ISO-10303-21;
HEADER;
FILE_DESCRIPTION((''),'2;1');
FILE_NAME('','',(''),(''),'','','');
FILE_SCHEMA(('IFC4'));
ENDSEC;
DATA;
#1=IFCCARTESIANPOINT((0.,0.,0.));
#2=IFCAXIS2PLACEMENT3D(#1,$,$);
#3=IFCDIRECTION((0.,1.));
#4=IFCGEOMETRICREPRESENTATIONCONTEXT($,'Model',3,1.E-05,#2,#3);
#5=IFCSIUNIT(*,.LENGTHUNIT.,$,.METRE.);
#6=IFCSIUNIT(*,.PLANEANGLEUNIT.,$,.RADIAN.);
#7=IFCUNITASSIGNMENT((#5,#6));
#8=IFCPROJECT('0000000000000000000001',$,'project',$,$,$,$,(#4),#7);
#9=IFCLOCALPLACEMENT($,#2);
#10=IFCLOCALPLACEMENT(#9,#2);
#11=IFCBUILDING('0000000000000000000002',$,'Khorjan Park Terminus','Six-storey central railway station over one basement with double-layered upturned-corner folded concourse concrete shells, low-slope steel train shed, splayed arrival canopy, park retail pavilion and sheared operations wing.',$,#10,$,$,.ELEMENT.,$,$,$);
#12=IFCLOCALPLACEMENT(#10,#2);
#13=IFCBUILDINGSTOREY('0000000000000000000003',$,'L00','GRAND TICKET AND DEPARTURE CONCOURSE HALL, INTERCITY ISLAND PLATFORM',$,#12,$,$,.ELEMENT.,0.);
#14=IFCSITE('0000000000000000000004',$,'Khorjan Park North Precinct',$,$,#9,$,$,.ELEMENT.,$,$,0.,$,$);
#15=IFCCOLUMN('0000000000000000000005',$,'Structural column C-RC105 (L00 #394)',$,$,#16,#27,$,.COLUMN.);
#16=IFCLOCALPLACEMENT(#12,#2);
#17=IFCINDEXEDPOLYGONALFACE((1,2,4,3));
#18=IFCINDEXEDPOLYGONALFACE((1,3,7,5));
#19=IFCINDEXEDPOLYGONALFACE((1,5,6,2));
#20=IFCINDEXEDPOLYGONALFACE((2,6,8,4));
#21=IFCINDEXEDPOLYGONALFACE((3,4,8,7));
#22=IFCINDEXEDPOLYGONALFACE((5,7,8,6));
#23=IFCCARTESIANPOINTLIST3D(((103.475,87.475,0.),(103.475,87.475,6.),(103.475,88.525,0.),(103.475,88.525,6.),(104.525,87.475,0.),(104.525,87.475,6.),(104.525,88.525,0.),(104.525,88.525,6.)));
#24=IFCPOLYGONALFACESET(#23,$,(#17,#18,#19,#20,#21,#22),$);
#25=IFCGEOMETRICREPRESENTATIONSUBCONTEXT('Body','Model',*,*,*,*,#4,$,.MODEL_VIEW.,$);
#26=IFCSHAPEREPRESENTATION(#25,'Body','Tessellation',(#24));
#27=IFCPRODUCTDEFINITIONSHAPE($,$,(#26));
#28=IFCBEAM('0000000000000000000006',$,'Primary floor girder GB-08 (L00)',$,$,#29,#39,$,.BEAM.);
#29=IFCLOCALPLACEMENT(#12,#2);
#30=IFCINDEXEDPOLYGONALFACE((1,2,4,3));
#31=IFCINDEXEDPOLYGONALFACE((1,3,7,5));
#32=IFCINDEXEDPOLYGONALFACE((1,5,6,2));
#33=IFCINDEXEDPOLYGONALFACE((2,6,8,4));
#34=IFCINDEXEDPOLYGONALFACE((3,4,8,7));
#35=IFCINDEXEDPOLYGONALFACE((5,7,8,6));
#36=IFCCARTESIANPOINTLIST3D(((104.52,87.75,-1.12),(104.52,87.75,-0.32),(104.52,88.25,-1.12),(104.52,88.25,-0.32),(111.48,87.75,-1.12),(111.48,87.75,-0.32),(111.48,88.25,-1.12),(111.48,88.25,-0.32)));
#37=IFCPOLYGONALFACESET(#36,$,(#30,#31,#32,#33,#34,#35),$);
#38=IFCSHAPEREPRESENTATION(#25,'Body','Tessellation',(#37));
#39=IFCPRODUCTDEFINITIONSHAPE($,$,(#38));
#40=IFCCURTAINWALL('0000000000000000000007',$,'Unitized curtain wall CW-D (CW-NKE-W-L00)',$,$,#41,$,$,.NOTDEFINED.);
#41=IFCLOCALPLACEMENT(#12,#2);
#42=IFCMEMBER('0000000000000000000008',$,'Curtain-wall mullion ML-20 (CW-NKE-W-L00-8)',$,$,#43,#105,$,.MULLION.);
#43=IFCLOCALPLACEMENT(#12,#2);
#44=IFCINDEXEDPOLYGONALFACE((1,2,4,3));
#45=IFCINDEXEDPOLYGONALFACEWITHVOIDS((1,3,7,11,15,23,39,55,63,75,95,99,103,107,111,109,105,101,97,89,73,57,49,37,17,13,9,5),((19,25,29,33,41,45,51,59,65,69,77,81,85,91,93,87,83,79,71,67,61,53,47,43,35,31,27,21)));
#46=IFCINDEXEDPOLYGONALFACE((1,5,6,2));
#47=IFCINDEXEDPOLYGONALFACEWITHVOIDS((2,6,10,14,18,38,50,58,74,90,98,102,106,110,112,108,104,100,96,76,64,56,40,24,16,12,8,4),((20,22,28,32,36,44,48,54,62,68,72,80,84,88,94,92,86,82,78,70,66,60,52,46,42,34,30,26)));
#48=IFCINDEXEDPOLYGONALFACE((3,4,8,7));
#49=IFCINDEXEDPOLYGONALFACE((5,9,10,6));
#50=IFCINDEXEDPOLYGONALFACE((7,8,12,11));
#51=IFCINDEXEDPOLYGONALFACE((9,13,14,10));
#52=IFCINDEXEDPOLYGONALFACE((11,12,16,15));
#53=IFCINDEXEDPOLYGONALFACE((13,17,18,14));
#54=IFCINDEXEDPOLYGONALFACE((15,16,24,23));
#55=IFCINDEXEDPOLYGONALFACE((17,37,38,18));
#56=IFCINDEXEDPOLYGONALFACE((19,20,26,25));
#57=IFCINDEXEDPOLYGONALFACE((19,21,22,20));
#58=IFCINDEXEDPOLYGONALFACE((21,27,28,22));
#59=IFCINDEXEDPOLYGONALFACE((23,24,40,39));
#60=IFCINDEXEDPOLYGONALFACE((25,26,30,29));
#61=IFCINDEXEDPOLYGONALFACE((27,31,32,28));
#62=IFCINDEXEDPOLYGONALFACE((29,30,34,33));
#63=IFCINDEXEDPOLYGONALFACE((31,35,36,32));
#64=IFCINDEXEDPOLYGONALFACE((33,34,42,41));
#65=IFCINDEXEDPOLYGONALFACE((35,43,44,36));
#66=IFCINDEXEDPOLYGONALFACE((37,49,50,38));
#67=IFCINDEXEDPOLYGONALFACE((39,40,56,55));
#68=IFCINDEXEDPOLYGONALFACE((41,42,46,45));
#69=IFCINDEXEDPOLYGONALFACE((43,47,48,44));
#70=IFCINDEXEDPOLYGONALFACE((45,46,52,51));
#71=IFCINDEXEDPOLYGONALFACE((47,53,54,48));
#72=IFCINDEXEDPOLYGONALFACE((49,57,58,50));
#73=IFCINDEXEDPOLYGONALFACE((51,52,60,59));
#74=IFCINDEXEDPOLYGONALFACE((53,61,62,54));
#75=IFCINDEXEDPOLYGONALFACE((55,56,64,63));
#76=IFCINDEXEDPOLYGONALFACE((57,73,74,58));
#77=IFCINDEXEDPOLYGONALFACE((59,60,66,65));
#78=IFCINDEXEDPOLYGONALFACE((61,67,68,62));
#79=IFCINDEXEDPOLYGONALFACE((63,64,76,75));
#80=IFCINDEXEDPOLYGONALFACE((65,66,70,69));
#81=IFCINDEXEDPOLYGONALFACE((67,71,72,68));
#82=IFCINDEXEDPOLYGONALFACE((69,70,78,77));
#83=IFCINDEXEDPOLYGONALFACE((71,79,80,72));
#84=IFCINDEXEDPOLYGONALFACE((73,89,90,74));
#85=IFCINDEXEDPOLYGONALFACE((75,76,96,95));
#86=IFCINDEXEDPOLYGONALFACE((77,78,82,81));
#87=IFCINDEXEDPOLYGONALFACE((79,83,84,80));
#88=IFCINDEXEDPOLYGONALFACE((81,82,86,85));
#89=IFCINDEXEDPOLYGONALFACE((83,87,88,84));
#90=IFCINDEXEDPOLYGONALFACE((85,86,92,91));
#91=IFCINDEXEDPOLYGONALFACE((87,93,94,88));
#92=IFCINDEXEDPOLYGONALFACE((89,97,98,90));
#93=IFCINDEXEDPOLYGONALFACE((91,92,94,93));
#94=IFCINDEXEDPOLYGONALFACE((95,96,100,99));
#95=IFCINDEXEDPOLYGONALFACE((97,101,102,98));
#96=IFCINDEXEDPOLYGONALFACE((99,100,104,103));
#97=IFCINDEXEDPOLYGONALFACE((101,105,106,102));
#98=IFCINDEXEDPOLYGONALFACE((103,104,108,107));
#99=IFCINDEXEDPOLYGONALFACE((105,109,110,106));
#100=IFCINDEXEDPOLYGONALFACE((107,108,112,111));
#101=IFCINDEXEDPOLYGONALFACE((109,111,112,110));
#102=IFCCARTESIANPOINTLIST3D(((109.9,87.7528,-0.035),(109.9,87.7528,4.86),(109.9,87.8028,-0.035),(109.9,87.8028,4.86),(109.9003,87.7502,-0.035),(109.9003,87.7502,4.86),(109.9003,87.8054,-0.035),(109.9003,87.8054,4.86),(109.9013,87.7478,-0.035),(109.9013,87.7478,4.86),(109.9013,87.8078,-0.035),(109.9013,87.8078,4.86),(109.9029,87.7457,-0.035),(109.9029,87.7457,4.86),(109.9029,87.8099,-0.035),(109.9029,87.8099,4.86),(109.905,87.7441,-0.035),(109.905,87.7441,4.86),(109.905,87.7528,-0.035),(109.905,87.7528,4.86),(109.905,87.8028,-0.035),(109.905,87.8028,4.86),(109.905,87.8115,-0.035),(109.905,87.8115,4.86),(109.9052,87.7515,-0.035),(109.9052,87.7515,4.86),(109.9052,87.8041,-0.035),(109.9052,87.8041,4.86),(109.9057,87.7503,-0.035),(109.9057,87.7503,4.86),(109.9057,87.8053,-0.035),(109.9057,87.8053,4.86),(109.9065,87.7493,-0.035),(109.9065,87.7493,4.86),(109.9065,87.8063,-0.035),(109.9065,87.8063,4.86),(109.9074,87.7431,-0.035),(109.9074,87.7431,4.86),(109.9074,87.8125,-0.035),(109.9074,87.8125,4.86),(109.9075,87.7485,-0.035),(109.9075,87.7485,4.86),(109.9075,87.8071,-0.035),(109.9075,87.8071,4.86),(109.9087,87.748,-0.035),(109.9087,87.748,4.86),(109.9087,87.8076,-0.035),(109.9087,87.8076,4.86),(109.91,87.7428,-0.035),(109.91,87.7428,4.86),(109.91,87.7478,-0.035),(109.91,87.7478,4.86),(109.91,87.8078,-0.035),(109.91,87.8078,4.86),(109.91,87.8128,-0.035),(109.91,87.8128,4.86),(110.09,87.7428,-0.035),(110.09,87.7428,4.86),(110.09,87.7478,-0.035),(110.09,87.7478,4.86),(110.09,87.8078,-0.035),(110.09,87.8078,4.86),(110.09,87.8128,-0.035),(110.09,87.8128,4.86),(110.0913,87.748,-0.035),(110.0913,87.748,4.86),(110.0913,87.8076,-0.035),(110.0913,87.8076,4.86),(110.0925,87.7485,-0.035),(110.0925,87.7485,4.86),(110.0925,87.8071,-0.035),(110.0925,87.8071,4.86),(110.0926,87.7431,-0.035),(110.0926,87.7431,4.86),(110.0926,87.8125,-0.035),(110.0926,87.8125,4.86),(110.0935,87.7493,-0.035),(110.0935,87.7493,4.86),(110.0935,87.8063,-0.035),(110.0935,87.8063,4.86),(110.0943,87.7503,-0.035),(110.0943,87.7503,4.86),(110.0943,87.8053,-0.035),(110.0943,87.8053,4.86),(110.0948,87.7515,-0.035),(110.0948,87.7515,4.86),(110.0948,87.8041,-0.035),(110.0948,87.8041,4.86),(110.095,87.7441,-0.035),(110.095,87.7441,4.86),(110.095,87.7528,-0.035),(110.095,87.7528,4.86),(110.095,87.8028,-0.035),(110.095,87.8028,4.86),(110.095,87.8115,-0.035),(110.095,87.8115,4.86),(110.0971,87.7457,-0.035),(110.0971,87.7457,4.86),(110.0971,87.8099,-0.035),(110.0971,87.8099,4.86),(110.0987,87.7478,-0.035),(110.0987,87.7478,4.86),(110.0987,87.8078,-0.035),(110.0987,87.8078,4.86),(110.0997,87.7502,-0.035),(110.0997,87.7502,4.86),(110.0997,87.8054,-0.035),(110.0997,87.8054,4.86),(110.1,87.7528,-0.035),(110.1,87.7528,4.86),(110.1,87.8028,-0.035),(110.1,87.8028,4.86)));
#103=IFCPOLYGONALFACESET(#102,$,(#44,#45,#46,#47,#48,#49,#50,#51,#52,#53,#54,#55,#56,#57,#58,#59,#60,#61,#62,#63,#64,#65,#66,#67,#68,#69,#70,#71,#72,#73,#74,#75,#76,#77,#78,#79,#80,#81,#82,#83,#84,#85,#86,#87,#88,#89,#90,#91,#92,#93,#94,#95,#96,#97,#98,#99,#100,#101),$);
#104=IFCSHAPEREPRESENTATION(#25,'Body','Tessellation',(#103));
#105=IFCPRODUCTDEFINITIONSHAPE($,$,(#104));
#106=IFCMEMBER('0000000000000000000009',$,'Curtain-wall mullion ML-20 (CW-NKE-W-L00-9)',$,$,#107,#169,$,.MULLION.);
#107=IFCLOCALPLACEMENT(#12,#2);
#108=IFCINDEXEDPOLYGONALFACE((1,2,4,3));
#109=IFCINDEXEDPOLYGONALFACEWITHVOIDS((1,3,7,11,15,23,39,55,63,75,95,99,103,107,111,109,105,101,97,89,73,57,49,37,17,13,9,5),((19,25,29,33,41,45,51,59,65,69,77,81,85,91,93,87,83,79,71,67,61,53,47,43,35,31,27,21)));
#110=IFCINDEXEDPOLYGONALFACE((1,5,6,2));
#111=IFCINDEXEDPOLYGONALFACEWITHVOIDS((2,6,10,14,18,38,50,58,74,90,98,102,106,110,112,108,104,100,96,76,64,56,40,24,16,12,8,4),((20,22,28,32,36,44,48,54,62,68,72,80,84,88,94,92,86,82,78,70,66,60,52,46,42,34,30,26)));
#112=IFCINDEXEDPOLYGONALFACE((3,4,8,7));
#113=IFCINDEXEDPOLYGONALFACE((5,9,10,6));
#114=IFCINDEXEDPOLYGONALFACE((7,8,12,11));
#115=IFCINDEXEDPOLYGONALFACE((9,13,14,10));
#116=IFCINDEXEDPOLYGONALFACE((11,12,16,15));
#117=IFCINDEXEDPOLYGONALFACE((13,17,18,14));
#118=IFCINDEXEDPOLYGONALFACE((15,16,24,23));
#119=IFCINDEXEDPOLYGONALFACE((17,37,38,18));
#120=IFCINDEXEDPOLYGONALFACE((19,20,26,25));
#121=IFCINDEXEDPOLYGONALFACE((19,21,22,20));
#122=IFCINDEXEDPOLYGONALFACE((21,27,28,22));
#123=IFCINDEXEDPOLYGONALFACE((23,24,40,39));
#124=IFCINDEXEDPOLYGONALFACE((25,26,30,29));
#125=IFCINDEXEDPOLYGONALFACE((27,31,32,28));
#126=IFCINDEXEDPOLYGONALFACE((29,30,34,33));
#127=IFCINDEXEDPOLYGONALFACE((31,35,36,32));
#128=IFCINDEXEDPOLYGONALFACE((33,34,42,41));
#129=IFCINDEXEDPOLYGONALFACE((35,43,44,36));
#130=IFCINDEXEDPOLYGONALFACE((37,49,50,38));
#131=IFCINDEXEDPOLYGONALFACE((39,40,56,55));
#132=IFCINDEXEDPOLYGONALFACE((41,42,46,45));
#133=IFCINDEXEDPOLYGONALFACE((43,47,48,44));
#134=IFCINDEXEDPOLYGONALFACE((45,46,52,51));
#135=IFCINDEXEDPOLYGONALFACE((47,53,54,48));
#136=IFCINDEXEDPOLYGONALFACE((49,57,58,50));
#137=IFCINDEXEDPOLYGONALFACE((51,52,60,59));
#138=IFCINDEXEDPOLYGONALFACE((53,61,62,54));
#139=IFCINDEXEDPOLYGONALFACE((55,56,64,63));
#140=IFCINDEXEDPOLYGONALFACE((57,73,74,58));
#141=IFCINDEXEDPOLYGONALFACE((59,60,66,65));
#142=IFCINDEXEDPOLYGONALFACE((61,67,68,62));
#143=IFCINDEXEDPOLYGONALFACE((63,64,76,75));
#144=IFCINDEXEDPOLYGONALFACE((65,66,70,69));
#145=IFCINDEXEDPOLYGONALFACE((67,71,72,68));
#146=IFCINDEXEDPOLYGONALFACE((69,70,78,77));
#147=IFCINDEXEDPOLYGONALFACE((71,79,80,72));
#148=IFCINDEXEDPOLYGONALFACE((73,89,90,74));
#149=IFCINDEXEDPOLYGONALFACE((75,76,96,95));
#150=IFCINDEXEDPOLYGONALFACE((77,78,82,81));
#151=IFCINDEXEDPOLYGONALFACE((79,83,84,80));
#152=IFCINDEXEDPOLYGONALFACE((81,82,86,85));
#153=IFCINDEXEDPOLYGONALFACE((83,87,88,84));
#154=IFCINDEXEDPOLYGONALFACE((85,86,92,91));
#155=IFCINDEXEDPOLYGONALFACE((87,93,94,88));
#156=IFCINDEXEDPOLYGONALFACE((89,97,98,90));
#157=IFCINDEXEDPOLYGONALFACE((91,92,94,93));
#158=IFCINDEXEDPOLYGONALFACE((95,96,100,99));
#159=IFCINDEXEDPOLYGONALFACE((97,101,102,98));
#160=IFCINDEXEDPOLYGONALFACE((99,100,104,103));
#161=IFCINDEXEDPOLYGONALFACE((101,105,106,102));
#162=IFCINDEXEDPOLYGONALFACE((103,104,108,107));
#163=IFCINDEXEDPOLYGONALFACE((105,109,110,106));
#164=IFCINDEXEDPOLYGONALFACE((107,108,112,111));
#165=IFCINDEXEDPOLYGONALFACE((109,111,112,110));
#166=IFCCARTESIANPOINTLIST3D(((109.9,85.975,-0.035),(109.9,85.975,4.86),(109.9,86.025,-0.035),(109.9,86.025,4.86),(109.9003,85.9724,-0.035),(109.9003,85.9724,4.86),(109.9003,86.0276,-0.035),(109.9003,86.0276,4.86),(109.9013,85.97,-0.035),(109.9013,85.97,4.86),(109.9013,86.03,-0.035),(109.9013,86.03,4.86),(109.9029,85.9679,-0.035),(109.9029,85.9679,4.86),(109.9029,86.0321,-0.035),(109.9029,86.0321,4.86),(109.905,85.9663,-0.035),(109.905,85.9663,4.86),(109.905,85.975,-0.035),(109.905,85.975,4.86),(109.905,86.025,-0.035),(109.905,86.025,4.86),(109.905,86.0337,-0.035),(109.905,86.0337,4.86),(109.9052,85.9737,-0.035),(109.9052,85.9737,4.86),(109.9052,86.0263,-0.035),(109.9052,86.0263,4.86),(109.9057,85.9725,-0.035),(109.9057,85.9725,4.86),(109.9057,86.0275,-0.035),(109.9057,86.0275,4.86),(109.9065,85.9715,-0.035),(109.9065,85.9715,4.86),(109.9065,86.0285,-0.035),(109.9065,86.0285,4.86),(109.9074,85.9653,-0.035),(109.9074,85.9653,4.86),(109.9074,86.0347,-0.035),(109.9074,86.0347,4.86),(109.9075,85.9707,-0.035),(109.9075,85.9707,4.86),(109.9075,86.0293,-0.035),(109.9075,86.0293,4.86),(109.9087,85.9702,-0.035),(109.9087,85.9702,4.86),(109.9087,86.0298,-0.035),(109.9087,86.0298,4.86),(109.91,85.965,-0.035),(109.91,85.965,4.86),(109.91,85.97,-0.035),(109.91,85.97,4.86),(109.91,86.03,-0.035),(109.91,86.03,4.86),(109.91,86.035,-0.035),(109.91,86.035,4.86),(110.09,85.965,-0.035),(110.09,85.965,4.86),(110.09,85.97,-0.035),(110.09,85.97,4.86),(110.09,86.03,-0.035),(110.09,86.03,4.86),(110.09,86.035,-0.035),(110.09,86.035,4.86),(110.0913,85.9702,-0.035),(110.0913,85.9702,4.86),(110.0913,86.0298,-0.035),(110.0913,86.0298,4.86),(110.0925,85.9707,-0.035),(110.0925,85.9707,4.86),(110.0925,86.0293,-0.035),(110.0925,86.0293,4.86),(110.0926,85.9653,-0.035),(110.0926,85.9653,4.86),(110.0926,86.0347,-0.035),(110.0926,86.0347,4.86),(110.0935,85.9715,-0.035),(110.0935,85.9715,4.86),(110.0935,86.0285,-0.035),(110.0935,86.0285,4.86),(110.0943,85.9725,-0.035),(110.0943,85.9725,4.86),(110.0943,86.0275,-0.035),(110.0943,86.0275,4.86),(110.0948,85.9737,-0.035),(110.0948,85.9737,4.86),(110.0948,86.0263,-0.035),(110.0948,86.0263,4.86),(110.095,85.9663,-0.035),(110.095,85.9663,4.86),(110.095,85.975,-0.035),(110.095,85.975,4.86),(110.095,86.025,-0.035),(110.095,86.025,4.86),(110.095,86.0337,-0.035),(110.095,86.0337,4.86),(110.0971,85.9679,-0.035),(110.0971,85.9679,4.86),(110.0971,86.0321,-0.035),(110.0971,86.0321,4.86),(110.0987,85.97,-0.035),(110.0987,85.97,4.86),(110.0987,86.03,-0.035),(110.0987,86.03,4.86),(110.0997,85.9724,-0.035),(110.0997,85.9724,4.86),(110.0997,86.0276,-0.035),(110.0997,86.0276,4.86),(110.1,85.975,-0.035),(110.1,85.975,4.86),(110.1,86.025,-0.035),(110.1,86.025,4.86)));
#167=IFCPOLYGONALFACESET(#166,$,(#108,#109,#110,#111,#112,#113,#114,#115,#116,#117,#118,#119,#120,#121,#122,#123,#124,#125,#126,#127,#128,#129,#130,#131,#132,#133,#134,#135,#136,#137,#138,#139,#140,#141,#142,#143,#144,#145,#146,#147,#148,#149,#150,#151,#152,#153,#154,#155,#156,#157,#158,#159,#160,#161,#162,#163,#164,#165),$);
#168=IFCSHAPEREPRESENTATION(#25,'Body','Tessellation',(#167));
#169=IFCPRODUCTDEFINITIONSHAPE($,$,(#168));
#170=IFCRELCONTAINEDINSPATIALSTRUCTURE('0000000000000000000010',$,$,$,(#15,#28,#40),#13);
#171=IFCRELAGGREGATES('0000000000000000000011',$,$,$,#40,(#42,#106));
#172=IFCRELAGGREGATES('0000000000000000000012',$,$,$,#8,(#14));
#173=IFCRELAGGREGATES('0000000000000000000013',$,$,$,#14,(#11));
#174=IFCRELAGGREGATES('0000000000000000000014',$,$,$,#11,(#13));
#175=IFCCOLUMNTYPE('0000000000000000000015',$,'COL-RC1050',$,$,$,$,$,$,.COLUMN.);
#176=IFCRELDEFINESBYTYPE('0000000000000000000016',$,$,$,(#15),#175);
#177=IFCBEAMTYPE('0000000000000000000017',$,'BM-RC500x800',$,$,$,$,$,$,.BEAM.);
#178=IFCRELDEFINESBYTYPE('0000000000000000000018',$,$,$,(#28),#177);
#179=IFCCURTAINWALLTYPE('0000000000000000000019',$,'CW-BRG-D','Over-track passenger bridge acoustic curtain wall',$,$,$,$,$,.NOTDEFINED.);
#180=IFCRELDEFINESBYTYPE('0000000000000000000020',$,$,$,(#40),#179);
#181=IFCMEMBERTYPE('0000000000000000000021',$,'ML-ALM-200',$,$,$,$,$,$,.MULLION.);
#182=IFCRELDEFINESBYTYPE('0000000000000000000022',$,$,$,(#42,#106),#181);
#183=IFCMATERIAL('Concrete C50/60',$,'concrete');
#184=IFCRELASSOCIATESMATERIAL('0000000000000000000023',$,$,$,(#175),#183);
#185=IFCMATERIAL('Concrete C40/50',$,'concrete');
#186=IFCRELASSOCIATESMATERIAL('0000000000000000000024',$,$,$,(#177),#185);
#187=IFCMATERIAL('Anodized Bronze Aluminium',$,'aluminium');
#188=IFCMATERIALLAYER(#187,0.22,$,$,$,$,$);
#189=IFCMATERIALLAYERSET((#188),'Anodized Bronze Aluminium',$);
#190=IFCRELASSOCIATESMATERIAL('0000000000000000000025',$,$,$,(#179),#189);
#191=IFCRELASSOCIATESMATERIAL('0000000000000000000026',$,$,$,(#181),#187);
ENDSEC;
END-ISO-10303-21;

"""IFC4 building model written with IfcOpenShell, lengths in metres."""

from ifc_helpers import new_model, si_unit, direction, frame, origin, origin_2d, place, context, subcontext, project, spatial, rectangle, hollow_rectangle, extrude, material, layer, layer_set, material_profile, profile_set, type_object, element, aggregate, save


model = new_model("IFC4")

# Units and contexts
model_context = context("Model", 3, precision=1e-05, world=origin(), true_north=direction((0.0, 1.0)))
body_context = subcontext(model_context, "Body", "Model", "MODEL_VIEW")
ifc_project = project(units=[si_unit("LENGTHUNIT", "METRE"), si_unit("PLANEANGLEUNIT", "RADIAN")], contexts=[model_context])

# Site, building, storey
site_placement = place(None, origin())
site = spatial("IfcSite", under=ifc_project, at=site_placement, Name="Khorjan Park North Precinct", CompositionType="ELEMENT", RefElevation=0.0)
building_placement = place(site_placement, origin())
building = spatial("IfcBuilding", under=site, at=building_placement, Name="Khorjan Park Terminus", Description="Six-storey central railway station over one basement with double-layered upturned-corner folded concourse concrete shells, low-slope steel train shed, splayed arrival canopy, park retail pavilion and sheared operations wing.", CompositionType="ELEMENT")
storey_placement = place(building_placement, origin())
storey = spatial("IfcBuildingStorey", under=building, at=storey_placement, Name="L00", Description="GRAND TICKET AND DEPARTURE CONCOURSE HALL, INTERCITY ISLAND PLATFORM", CompositionType="ELEMENT", Elevation=0.0)

# Column
ifc_material_1 = material(Name="Concrete C50/60", Category="concrete")
ifc_material_profile_1 = material_profile(ifc_material_1, rectangle(XDim=1.05, YDim=1.05, at=origin_2d()), Name="RC 1050x1050")
ifc_profile_set_1 = profile_set([ifc_material_profile_1], Name="Concrete C50/60")
column_type = type_object("IfcColumnType", Name="COL-RC1050", PredefinedType="COLUMN", material=ifc_profile_set_1)
column_placement = place(storey_placement, frame((104.0, 88.0, 0.0), z_axis=(0.0, 0.0, 1.0), x_axis=(1.0, 0.0, 0.0)))
element("IfcColumn", 1, at=column_placement, inside=storey, type_object=column_type, Name="Structural column C-RC105 (L00 #394)", PredefinedType="COLUMN", context=body_context, shape_type="SweptSolid", body=[
    extrude(rectangle(XDim=1.05, YDim=1.05, at=origin_2d()), origin(), (0.0, 0.0, 1.0), 6.0),
])

# Beam
ifc_material_2 = material(Name="Concrete C40/50", Category="concrete")
ifc_material_profile_2 = material_profile(ifc_material_2, rectangle(XDim=0.5, YDim=0.8, at=origin_2d()), Name="RC 500x800")
ifc_profile_set_2 = profile_set([ifc_material_profile_2], Name="Concrete C40/50")
beam_type = type_object("IfcBeamType", Name="BM-RC500x800", PredefinedType="BEAM", material=ifc_profile_set_2)
beam_placement = place(storey_placement, frame((104.52, 88.0, -0.72), z_axis=(1.0, 0.0, 0.0), x_axis=(0.0, 1.0, 0.0)))
element("IfcBeam", 2, at=beam_placement, inside=storey, type_object=beam_type, Name="Primary floor girder GB-08 (L00)", PredefinedType="BEAM", context=body_context, shape_type="SweptSolid", body=[
    extrude(rectangle(XDim=0.5, YDim=0.8, at=origin_2d()), origin(), (0.0, 0.0, 1.0), 6.96),
])

# Curtain wall, members
ifc_material_3 = material(Name="Anodized Bronze Aluminium", Category="aluminium")
ifc_layer_1 = layer(ifc_material_3, 0.22)
ifc_layer_set_1 = layer_set([ifc_layer_1], Name="Anodized Bronze Aluminium")
curtain_wall_type_1 = type_object("IfcCurtainWallType", Name="CW-BRG-D", Description="Over-track passenger bridge acoustic curtain wall", PredefinedType="NOTDEFINED", material=ifc_layer_set_1)
curtain_wall_1_placement = place(storey_placement, origin())
curtain_wall_1 = element("IfcCurtainWall", 3, at=curtain_wall_1_placement, inside=storey, type_object=curtain_wall_type_1, Name="Unitized curtain wall CW-D (CW-NKE-W-L00)", PredefinedType="NOTDEFINED")
ifc_material_profile_3 = material_profile(ifc_material_3, hollow_rectangle(XDim=0.07, YDim=0.2, WallThickness=0.005, InnerFilletRadius=0.005, OuterFilletRadius=0.01, at=origin_2d()), Name="ALM 70x200x5")
ifc_profile_set_3 = profile_set([ifc_material_profile_3], Name="Anodized Bronze Aluminium")
member_type_1 = type_object("IfcMemberType", Name="ML-ALM-200", PredefinedType="MULLION", material=ifc_profile_set_3)
member_1_placement = place(storey_placement, frame((110.0, 87.7778, -0.035), z_axis=(0.0, 0.0, 1.0), x_axis=(0.0, -1.0, 0.0)))
member_1 = element("IfcMember", 4, at=member_1_placement, type_object=member_type_1, Name="Curtain-wall mullion ML-20 (CW-NKE-W-L00-8)", PredefinedType="MULLION", context=body_context, shape_type="SweptSolid", body=[
    extrude(hollow_rectangle(XDim=0.07, YDim=0.2, WallThickness=0.005, InnerFilletRadius=0.005, OuterFilletRadius=0.01, at=origin_2d()), origin(), (0.0, 0.0, 1.0), 4.895),
])
member_2_placement = place(storey_placement, frame((110.0, 86.0, -0.035), z_axis=(0.0, 0.0, 1.0), x_axis=(0.0, -1.0, 0.0)))
member_2 = element("IfcMember", 5, at=member_2_placement, type_object=member_type_1, Name="Curtain-wall mullion ML-20 (CW-NKE-W-L00-9)", PredefinedType="MULLION", context=body_context, shape_type="SweptSolid", body=[
    extrude(hollow_rectangle(XDim=0.07, YDim=0.2, WallThickness=0.005, InnerFilletRadius=0.005, OuterFilletRadius=0.01, at=origin_2d()), origin(), (0.0, 0.0, 1.0), 4.895),
])

aggregate(curtain_wall_1, [member_1, member_2])

save(model, "model.ifc")
